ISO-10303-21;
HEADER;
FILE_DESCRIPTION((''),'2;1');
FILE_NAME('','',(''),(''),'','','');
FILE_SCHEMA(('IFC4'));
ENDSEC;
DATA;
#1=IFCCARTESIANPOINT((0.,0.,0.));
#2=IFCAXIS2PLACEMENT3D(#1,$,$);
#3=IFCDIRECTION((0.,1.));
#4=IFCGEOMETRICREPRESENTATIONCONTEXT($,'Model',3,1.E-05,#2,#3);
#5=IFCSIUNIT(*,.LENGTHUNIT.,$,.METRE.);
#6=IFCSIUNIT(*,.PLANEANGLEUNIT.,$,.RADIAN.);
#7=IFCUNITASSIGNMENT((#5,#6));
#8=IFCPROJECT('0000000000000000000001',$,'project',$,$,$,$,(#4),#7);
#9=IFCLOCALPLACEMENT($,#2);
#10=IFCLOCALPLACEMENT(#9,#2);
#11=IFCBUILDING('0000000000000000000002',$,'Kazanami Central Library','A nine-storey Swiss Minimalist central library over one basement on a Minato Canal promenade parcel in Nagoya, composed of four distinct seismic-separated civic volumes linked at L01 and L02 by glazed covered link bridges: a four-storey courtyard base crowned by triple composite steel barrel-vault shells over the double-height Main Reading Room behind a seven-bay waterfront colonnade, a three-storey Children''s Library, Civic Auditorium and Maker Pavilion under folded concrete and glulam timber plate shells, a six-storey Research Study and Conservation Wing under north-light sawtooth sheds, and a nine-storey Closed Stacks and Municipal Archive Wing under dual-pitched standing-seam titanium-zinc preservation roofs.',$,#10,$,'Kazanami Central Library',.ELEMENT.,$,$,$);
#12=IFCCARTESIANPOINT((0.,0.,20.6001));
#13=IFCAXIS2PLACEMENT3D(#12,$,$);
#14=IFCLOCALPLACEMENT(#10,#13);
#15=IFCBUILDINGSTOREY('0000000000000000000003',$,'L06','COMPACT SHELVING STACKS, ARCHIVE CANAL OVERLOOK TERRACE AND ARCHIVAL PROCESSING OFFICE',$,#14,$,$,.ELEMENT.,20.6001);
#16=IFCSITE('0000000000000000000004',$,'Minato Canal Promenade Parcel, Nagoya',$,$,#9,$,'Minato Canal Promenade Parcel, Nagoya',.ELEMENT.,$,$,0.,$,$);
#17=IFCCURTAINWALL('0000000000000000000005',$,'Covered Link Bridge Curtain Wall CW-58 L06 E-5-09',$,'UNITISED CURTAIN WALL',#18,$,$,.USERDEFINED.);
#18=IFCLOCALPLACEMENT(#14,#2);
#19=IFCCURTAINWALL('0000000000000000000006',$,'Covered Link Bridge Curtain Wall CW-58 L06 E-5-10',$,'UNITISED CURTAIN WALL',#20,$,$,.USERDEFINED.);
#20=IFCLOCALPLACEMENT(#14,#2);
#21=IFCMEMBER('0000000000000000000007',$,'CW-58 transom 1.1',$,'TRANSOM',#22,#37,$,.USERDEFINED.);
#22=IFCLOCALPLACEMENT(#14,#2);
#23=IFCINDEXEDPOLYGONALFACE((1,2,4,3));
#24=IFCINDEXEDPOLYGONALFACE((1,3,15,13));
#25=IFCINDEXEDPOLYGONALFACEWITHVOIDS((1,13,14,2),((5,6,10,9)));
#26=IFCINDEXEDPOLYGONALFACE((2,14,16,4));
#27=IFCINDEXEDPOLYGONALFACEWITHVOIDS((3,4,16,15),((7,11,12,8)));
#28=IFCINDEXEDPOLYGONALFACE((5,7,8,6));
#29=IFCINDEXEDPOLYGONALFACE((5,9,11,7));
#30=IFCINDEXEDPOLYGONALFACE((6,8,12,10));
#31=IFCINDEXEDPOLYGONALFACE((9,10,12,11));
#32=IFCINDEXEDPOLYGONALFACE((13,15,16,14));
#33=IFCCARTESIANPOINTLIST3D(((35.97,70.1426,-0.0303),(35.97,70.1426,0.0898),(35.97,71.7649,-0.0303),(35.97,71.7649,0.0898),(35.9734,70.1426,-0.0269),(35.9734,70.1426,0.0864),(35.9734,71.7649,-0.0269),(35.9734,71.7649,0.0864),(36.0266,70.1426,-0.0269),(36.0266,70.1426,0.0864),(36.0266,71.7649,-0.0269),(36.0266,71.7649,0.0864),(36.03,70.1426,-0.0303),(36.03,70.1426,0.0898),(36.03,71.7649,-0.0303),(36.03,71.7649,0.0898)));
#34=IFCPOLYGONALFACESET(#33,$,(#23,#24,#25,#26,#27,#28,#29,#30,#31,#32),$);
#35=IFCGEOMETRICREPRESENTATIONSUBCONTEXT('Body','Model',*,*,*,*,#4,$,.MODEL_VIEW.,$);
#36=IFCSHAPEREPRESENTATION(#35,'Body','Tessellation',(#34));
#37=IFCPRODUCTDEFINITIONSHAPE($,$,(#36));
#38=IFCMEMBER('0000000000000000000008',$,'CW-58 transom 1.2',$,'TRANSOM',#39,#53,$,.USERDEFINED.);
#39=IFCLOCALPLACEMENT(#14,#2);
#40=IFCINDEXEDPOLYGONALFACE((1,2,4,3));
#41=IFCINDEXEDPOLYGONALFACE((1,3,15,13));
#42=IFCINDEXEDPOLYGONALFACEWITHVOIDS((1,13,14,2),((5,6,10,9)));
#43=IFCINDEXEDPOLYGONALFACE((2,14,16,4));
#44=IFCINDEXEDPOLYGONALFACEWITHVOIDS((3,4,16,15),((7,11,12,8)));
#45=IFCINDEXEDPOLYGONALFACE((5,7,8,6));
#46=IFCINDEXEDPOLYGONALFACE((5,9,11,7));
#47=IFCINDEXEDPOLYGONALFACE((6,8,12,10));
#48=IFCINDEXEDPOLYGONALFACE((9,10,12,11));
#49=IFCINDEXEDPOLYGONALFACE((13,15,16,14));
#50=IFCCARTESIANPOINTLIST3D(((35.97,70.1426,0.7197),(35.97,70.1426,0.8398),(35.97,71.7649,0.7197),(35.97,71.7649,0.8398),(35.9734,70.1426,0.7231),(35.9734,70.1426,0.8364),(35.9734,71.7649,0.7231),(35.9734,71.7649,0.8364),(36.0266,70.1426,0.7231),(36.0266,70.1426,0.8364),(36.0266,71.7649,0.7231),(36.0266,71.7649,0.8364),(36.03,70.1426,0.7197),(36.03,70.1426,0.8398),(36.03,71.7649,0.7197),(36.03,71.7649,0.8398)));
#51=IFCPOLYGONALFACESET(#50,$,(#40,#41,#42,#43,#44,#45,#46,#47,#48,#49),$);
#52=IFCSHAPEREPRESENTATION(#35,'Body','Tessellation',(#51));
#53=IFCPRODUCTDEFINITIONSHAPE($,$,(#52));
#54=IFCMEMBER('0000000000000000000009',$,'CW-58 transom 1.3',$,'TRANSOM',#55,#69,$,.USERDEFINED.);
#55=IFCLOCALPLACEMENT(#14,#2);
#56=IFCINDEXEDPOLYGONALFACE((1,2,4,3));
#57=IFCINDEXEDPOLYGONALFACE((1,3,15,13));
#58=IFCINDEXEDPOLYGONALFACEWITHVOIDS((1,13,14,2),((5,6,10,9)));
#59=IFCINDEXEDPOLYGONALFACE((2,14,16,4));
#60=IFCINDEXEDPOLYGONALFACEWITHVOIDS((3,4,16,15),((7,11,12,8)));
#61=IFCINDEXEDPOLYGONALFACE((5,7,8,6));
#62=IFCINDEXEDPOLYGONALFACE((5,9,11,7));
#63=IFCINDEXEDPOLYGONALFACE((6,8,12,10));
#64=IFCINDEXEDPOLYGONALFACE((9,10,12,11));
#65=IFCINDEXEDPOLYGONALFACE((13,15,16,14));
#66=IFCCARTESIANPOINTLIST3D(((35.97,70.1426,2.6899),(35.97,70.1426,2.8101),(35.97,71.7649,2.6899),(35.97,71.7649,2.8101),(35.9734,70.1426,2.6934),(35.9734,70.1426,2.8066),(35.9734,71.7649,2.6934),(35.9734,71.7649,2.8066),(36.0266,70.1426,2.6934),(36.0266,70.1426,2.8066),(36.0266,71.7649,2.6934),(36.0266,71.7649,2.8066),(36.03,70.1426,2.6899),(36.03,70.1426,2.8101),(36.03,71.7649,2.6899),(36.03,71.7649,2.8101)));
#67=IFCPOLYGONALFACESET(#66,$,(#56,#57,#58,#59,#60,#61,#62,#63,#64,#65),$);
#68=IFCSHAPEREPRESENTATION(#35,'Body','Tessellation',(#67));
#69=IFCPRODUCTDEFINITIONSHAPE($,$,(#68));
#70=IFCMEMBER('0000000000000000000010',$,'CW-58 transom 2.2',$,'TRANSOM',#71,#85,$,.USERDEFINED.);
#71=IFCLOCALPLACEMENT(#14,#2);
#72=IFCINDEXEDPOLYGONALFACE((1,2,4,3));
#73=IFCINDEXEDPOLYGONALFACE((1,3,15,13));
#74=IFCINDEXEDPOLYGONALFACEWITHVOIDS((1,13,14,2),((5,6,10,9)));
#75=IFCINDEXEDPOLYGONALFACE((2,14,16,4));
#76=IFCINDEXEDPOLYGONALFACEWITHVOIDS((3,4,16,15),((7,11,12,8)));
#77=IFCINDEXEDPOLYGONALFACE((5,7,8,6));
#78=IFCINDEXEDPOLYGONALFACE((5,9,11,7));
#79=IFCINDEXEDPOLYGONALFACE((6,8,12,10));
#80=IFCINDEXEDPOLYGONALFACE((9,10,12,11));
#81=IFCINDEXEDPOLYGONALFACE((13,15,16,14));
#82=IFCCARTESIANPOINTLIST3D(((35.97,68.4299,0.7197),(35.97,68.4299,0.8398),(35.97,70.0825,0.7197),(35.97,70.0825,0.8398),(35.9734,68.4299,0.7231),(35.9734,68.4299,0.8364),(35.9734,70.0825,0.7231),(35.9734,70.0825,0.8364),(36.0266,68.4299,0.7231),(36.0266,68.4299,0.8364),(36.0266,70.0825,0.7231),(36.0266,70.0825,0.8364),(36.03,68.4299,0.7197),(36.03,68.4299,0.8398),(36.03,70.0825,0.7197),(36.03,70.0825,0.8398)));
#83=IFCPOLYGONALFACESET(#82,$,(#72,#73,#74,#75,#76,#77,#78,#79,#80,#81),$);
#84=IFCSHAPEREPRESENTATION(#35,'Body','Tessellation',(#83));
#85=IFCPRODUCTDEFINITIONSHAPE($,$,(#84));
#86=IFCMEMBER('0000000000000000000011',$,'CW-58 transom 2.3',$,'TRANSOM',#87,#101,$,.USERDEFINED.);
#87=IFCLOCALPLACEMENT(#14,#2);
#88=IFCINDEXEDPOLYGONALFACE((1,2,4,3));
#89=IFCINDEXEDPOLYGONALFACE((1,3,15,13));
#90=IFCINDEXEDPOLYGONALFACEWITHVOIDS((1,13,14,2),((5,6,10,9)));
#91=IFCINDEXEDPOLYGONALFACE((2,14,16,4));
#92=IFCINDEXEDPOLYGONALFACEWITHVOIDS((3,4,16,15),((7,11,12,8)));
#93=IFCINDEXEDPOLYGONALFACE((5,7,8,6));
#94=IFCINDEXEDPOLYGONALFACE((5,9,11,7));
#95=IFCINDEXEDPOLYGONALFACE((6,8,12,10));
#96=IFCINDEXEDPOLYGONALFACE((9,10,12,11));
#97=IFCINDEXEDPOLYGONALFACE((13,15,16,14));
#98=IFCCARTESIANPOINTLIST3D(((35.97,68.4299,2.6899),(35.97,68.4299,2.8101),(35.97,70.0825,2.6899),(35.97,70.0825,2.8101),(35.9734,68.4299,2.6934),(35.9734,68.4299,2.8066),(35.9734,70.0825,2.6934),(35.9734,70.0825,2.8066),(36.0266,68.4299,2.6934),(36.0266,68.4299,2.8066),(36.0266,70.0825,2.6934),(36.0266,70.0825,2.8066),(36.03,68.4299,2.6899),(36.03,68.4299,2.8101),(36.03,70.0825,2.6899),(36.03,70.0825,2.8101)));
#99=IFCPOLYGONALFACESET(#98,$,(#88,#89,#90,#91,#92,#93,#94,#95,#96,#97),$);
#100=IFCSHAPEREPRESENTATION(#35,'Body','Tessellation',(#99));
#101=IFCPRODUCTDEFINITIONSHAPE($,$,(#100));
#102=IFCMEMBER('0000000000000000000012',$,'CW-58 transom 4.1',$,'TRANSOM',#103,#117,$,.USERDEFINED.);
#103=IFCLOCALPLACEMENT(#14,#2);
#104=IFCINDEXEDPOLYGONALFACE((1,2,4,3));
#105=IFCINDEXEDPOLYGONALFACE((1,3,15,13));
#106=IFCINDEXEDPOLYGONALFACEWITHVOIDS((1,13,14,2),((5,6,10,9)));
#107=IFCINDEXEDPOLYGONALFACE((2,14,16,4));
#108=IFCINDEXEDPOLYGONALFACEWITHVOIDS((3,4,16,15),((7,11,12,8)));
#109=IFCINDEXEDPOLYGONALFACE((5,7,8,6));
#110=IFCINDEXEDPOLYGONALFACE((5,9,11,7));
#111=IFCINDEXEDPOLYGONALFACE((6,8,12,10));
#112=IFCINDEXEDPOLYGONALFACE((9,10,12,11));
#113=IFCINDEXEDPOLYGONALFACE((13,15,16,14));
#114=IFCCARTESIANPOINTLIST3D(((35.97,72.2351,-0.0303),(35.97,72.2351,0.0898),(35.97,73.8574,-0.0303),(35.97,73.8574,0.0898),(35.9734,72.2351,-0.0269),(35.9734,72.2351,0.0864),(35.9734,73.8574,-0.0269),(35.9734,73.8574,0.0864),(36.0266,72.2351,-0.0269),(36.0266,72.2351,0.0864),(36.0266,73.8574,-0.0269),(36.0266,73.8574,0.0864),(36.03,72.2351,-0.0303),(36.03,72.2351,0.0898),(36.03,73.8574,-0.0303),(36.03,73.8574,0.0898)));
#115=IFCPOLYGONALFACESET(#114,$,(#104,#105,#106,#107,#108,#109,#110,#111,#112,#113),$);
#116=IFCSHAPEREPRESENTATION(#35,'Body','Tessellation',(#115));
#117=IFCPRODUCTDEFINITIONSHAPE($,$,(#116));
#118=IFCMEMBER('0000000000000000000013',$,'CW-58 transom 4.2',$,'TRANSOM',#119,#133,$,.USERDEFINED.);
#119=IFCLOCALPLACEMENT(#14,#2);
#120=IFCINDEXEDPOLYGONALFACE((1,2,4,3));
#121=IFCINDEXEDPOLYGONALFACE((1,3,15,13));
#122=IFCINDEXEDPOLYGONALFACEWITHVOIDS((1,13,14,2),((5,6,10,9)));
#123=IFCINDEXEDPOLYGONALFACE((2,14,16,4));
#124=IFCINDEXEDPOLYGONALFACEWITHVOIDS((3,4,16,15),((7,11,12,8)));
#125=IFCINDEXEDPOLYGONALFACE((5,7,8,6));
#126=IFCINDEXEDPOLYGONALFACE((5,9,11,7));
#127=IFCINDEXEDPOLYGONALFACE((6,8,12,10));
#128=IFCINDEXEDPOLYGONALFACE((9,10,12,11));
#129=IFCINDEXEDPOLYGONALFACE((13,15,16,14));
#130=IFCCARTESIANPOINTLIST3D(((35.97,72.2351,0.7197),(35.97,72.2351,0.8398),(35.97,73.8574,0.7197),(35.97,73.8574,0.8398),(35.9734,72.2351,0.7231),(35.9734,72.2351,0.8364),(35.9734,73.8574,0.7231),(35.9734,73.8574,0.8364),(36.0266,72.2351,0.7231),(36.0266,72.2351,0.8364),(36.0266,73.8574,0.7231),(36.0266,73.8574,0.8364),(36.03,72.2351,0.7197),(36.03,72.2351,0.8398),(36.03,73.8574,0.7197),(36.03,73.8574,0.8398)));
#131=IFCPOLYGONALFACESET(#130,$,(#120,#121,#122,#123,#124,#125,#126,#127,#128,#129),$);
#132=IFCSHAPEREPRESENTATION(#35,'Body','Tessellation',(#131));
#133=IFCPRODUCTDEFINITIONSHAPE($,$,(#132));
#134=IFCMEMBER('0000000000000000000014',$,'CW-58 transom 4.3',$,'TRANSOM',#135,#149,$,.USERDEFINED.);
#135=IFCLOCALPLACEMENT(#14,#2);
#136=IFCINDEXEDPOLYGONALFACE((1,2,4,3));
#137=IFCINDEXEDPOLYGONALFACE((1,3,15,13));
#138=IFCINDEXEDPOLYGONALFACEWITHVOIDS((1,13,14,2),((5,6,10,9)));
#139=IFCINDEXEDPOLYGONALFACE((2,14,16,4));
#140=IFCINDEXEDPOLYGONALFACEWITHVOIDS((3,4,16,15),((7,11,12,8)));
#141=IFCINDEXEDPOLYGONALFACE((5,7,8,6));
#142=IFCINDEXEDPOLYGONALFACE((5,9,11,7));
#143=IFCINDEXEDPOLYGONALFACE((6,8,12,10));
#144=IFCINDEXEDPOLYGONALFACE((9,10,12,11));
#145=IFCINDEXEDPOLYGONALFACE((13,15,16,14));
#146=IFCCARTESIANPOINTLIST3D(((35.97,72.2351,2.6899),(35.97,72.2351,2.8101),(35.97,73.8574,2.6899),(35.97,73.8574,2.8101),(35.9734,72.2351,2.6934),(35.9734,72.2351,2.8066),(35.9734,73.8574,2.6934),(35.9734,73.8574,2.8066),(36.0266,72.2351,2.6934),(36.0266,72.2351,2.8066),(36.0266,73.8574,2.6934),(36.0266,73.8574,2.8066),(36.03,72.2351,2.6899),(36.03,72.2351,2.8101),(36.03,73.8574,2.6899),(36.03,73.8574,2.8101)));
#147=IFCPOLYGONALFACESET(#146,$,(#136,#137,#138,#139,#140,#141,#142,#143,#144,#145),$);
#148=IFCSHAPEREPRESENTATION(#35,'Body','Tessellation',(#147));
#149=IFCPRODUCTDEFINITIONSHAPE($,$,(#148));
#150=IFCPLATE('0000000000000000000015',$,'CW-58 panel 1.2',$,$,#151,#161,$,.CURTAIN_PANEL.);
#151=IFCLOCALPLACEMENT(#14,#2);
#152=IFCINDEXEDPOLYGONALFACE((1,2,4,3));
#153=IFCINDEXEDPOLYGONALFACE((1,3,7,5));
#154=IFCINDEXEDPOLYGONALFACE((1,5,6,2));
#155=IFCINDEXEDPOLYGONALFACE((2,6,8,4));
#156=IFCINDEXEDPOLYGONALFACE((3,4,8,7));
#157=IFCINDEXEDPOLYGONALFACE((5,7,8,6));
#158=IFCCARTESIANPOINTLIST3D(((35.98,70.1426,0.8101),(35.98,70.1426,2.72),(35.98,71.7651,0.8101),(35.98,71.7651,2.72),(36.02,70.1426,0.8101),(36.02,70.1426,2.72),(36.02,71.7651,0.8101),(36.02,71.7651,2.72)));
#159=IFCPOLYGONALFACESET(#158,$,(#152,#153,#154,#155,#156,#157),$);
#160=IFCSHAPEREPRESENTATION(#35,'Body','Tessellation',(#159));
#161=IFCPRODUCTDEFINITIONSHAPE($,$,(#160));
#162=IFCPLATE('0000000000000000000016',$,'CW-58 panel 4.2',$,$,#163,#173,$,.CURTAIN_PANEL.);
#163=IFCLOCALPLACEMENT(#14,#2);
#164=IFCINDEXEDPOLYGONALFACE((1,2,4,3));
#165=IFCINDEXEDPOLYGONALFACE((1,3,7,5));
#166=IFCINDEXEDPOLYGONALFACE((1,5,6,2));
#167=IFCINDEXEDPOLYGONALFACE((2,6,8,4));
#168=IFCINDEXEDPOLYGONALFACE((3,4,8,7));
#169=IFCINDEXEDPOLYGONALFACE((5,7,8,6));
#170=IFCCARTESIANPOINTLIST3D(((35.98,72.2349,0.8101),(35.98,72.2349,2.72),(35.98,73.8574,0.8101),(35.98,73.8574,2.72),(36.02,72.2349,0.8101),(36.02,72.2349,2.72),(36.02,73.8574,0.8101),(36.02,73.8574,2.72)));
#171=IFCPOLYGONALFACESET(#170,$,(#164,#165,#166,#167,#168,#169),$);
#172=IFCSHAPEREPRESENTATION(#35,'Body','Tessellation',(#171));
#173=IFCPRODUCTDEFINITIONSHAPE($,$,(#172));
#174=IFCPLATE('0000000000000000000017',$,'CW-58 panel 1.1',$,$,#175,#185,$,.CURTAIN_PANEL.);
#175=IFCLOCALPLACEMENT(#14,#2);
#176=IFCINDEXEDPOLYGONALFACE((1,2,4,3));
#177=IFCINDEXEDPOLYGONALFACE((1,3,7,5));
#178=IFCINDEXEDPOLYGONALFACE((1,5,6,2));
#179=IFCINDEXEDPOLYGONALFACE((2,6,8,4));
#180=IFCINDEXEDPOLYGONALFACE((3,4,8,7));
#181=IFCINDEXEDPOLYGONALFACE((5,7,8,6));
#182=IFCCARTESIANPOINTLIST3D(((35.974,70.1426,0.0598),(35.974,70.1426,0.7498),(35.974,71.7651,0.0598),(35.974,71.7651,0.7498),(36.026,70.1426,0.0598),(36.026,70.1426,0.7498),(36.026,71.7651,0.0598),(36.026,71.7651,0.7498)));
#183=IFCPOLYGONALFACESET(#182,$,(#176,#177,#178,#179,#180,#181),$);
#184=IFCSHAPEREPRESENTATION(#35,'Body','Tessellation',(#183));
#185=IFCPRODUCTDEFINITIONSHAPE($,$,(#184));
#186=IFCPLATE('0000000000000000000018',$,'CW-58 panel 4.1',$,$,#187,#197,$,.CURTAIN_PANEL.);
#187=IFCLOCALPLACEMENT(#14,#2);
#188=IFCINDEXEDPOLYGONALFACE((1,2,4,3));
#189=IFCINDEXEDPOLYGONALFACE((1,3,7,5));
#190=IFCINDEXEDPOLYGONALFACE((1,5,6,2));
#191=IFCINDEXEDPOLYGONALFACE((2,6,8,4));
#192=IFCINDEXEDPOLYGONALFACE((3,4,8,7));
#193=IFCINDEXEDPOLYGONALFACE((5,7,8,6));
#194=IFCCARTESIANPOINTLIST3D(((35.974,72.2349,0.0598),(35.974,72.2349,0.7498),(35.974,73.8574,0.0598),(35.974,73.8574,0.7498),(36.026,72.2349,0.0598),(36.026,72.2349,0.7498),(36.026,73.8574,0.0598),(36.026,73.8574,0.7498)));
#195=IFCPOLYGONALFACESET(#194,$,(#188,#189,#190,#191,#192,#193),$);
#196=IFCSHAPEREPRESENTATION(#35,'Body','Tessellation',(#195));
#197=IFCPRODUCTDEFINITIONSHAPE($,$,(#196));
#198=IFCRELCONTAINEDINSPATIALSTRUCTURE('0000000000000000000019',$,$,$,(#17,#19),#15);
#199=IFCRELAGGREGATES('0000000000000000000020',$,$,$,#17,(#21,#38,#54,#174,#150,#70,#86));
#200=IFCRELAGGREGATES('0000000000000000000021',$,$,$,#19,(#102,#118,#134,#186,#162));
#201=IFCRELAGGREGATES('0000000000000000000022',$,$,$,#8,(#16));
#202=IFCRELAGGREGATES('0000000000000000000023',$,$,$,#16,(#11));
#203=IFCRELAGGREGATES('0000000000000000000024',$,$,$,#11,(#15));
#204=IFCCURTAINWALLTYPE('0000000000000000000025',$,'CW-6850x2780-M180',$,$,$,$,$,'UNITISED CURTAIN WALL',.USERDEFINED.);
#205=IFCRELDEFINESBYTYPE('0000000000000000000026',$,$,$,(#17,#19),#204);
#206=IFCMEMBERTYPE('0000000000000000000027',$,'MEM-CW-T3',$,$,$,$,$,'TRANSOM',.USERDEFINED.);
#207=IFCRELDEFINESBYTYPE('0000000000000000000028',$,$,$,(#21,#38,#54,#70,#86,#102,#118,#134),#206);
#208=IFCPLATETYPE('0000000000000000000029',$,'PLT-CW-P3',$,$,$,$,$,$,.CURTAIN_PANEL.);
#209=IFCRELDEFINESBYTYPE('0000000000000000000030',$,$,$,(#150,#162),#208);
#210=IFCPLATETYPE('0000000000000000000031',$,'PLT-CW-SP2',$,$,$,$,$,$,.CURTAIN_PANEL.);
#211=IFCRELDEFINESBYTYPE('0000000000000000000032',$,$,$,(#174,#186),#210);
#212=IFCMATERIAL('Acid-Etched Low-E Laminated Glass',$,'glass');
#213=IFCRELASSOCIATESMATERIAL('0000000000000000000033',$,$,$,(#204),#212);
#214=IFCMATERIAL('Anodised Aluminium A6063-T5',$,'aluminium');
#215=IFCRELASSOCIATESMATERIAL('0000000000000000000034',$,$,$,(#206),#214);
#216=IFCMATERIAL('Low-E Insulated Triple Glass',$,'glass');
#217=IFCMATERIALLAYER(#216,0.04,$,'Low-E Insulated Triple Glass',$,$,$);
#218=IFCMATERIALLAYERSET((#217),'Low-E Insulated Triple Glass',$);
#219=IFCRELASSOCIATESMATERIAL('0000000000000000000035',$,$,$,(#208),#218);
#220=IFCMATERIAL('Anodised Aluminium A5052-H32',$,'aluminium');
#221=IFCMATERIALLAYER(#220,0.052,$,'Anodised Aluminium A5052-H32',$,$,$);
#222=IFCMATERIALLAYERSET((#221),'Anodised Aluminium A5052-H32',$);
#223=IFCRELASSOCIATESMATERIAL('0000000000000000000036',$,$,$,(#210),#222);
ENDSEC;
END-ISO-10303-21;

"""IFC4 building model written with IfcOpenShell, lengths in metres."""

from ifc_helpers import new_model, si_unit, direction, frame, origin, origin_2d, place, context, subcontext, project, spatial, rectangle, hollow_rectangle, extrude, material, layer, layer_set, material_profile, profile_set, type_object, element, aggregate, save


model = new_model("IFC4")

# Units and contexts
model_context = context("Model", 3, precision=1e-05, world=origin(), true_north=direction((0.0, 1.0)))
body_context = subcontext(model_context, "Body", "Model", "MODEL_VIEW")
ifc_project = project(units=[si_unit("LENGTHUNIT", "METRE"), si_unit("PLANEANGLEUNIT", "RADIAN")], contexts=[model_context])

# Site, building, storey
site_placement = place(None, origin())
site = spatial("IfcSite", under=ifc_project, at=site_placement, Name="Minato Canal Promenade Parcel, Nagoya", LongName="Minato Canal Promenade Parcel, Nagoya", CompositionType="ELEMENT", RefElevation=0.0)
building_placement = place(site_placement, origin())
building = spatial("IfcBuilding", under=site, at=building_placement, Name="Kazanami Central Library", Description="A nine-storey Swiss Minimalist central library over one basement on a Minato Canal promenade parcel in Nagoya, composed of four distinct seismic-separated civic volumes linked at L01 and L02 by glazed covered link bridges: a four-storey courtyard base crowned by triple composite steel barrel-vault shells over the double-height Main Reading Room behind a seven-bay waterfront colonnade, a three-storey Children's Library, Civic Auditorium and Maker Pavilion under folded concrete and glulam timber plate shells, a six-storey Research Study and Conservation Wing under north-light sawtooth sheds, and a nine-storey Closed Stacks and Municipal Archive Wing under dual-pitched standing-seam titanium-zinc preservation roofs.", LongName="Kazanami Central Library", CompositionType="ELEMENT")
storey_placement = place(building_placement, frame((0.0, 0.0, 20.6001)))
storey = spatial("IfcBuildingStorey", under=building, at=storey_placement, Name="L06", Description="COMPACT SHELVING STACKS, ARCHIVE CANAL OVERLOOK TERRACE AND ARCHIVAL PROCESSING OFFICE", CompositionType="ELEMENT", Elevation=20.6001)

# Curtain walls
ifc_material_1 = material(Name="Acid-Etched Low-E Laminated Glass", Category="glass")
curtain_wall_type = type_object("IfcCurtainWallType", Name="CW-6850x2780-M180", ElementType="UNITISED CURTAIN WALL", PredefinedType="USERDEFINED", material=ifc_material_1)
curtain_wall_1_placement = place(storey_placement, origin())
curtain_wall_1 = element("IfcCurtainWall", 1, at=curtain_wall_1_placement, inside=storey, type_object=curtain_wall_type, Name="Covered Link Bridge Curtain Wall CW-58 L06 E-5-09", ObjectType="UNITISED CURTAIN WALL", PredefinedType="USERDEFINED")
ifc_material_2 = material(Name="Anodised Aluminium A6063-T5", Category="aluminium")
curtain_wall_2_placement = place(storey_placement, origin())
curtain_wall_2 = element("IfcCurtainWall", 2, at=curtain_wall_2_placement, inside=storey, type_object=curtain_wall_type, Name="Covered Link Bridge Curtain Wall CW-58 L06 E-5-10", ObjectType="UNITISED CURTAIN WALL", PredefinedType="USERDEFINED")

# Members
ifc_material_profile_1 = material_profile(ifc_material_2, hollow_rectangle(XDim=0.0601, YDim=0.1201, WallThickness=0.0034, at=origin_2d()), Name="ALU-TRAN-60x120x3.5")
ifc_profile_set_1 = profile_set([ifc_material_profile_1], Name="Anodised Aluminium A6063-T5")
member_type_1 = type_object("IfcMemberType", Name="MEM-CW-T3", ElementType="TRANSOM", PredefinedType="USERDEFINED", material=ifc_profile_set_1)
member_1_placement = place(storey_placement, frame((36.0, 71.7649, 0.0298), z_axis=(0.0, -1.0, 0.0), x_axis=(1.0, 0.0, 0.0)))
member_1 = element("IfcMember", 3, at=member_1_placement, type_object=member_type_1, Name="CW-58 transom 1.1", ObjectType="TRANSOM", PredefinedType="USERDEFINED", context=body_context, shape_type="SweptSolid", body=[
    extrude(hollow_rectangle(XDim=0.0601, YDim=0.1201, WallThickness=0.0034, at=origin_2d()), origin(), (0.0, 0.0, 1.0), 1.6223),
])
member_2_placement = place(storey_placement, frame((36.0, 71.7649, 0.7798), z_axis=(0.0, -1.0, 0.0), x_axis=(1.0, 0.0, 0.0)))
member_2 = element("IfcMember", 4, at=member_2_placement, type_object=member_type_1, Name="CW-58 transom 1.2", ObjectType="TRANSOM", PredefinedType="USERDEFINED", context=body_context, shape_type="SweptSolid", body=[
    extrude(hollow_rectangle(XDim=0.0601, YDim=0.1201, WallThickness=0.0034, at=origin_2d()), origin(), (0.0, 0.0, 1.0), 1.6223),
])
member_3_placement = place(storey_placement, frame((36.0, 71.7649, 2.75), z_axis=(0.0, -1.0, 0.0), x_axis=(1.0, 0.0, 0.0)))
member_3 = element("IfcMember", 5, at=member_3_placement, type_object=member_type_1, Name="CW-58 transom 1.3", ObjectType="TRANSOM", PredefinedType="USERDEFINED", context=body_context, shape_type="SweptSolid", body=[
    extrude(hollow_rectangle(XDim=0.0601, YDim=0.1201, WallThickness=0.0034, at=origin_2d()), origin(), (0.0, 0.0, 1.0), 1.6223),
])
member_4_placement = place(storey_placement, frame((36.0, 70.0825, 0.7798), z_axis=(0.0, -1.0, 0.0), x_axis=(1.0, 0.0, 0.0)))
member_4 = element("IfcMember", 6, at=member_4_placement, type_object=member_type_1, Name="CW-58 transom 2.2", ObjectType="TRANSOM", PredefinedType="USERDEFINED", context=body_context, shape_type="SweptSolid", body=[
    extrude(hollow_rectangle(XDim=0.0601, YDim=0.1201, WallThickness=0.0034, at=origin_2d()), origin(), (0.0, 0.0, 1.0), 1.6526),
])
member_5_placement = place(storey_placement, frame((36.0, 70.0825, 2.75), z_axis=(0.0, -1.0, 0.0), x_axis=(1.0, 0.0, 0.0)))
member_5 = element("IfcMember", 7, at=member_5_placement, type_object=member_type_1, Name="CW-58 transom 2.3", ObjectType="TRANSOM", PredefinedType="USERDEFINED", context=body_context, shape_type="SweptSolid", body=[
    extrude(hollow_rectangle(XDim=0.0601, YDim=0.1201, WallThickness=0.0034, at=origin_2d()), origin(), (0.0, 0.0, 1.0), 1.6526),
])
member_6_placement = place(storey_placement, frame((36.0, 73.8574, 0.0298), z_axis=(0.0, -1.0, 0.0), x_axis=(1.0, 0.0, 0.0)))
member_6 = element("IfcMember", 8, at=member_6_placement, type_object=member_type_1, Name="CW-58 transom 4.1", ObjectType="TRANSOM", PredefinedType="USERDEFINED", context=body_context, shape_type="SweptSolid", body=[
    extrude(hollow_rectangle(XDim=0.0601, YDim=0.1201, WallThickness=0.0034, at=origin_2d()), origin(), (0.0, 0.0, 1.0), 1.6223),
])
member_7_placement = place(storey_placement, frame((36.0, 73.8574, 0.7798), z_axis=(0.0, -1.0, 0.0), x_axis=(1.0, 0.0, 0.0)))
member_7 = element("IfcMember", 9, at=member_7_placement, type_object=member_type_1, Name="CW-58 transom 4.2", ObjectType="TRANSOM", PredefinedType="USERDEFINED", context=body_context, shape_type="SweptSolid", body=[
    extrude(hollow_rectangle(XDim=0.0601, YDim=0.1201, WallThickness=0.0034, at=origin_2d()), origin(), (0.0, 0.0, 1.0), 1.6223),
])
member_8_placement = place(storey_placement, frame((36.0, 73.8574, 2.75), z_axis=(0.0, -1.0, 0.0), x_axis=(1.0, 0.0, 0.0)))
member_8 = element("IfcMember", 10, at=member_8_placement, type_object=member_type_1, Name="CW-58 transom 4.3", ObjectType="TRANSOM", PredefinedType="USERDEFINED", context=body_context, shape_type="SweptSolid", body=[
    extrude(hollow_rectangle(XDim=0.0601, YDim=0.1201, WallThickness=0.0034, at=origin_2d()), origin(), (0.0, 0.0, 1.0), 1.6223),
])

# Plates
ifc_material_3 = material(Name="Low-E Insulated Triple Glass", Category="glass")
ifc_layer_1 = layer(ifc_material_3, 0.04, Name="Low-E Insulated Triple Glass")
ifc_layer_set_1 = layer_set([ifc_layer_1], Name="Low-E Insulated Triple Glass")
plate_type_1 = type_object("IfcPlateType", Name="PLT-CW-P3", PredefinedType="CURTAIN_PANEL", material=ifc_layer_set_1)
plate_1_placement = place(storey_placement, frame((36.0, 70.9539, 0.8101), z_axis=(0.0, 0.0, 1.0), x_axis=(0.0, -1.0, 0.0)))
plate_1 = element("IfcPlate", 11, at=plate_1_placement, type_object=plate_type_1, Name="CW-58 panel 1.2", PredefinedType="CURTAIN_PANEL", context=body_context, shape_type="SweptSolid", body=[
    extrude(rectangle(XDim=1.6226, YDim=0.04, at=origin_2d()), origin(), (0.0, 0.0, 1.0), 1.9099),
])
plate_2_placement = place(storey_placement, frame((36.0, 73.0461, 0.8101), z_axis=(0.0, 0.0, 1.0), x_axis=(0.0, -1.0, 0.0)))
plate_2 = element("IfcPlate", 12, at=plate_2_placement, type_object=plate_type_1, Name="CW-58 panel 4.2", PredefinedType="CURTAIN_PANEL", context=body_context, shape_type="SweptSolid", body=[
    extrude(rectangle(XDim=1.6226, YDim=0.04, at=origin_2d()), origin(), (0.0, 0.0, 1.0), 1.9099),
])
ifc_material_4 = material(Name="Anodised Aluminium A5052-H32", Category="aluminium")
ifc_layer_2 = layer(ifc_material_4, 0.052, Name="Anodised Aluminium A5052-H32")
ifc_layer_set_2 = layer_set([ifc_layer_2], Name="Anodised Aluminium A5052-H32")
plate_type_2 = type_object("IfcPlateType", Name="PLT-CW-SP2", PredefinedType="CURTAIN_PANEL", material=ifc_layer_set_2)
plate_3_placement = place(storey_placement, frame((36.0, 70.9539, 0.0598), z_axis=(0.0, 0.0, 1.0), x_axis=(0.0, -1.0, 0.0)))
plate_3 = element("IfcPlate", 13, at=plate_3_placement, type_object=plate_type_2, Name="CW-58 panel 1.1", PredefinedType="CURTAIN_PANEL", context=body_context, shape_type="SweptSolid", body=[
    extrude(rectangle(XDim=1.6226, YDim=0.052, at=origin_2d()), origin(), (0.0, 0.0, 1.0), 0.6899),
])
aggregate(curtain_wall_1, [member_1, member_2, member_3, plate_3, plate_1, member_4, member_5])
plate_4_placement = place(storey_placement, frame((36.0, 73.0461, 0.0598), z_axis=(0.0, 0.0, 1.0), x_axis=(0.0, -1.0, 0.0)))
plate_4 = element("IfcPlate", 14, at=plate_4_placement, type_object=plate_type_2, Name="CW-58 panel 4.1", PredefinedType="CURTAIN_PANEL", context=body_context, shape_type="SweptSolid", body=[
    extrude(rectangle(XDim=1.6226, YDim=0.052, at=origin_2d()), origin(), (0.0, 0.0, 1.0), 0.6899),
])
aggregate(curtain_wall_2, [member_6, member_7, member_8, plate_4, plate_2])

save(model, "model.ifc")
